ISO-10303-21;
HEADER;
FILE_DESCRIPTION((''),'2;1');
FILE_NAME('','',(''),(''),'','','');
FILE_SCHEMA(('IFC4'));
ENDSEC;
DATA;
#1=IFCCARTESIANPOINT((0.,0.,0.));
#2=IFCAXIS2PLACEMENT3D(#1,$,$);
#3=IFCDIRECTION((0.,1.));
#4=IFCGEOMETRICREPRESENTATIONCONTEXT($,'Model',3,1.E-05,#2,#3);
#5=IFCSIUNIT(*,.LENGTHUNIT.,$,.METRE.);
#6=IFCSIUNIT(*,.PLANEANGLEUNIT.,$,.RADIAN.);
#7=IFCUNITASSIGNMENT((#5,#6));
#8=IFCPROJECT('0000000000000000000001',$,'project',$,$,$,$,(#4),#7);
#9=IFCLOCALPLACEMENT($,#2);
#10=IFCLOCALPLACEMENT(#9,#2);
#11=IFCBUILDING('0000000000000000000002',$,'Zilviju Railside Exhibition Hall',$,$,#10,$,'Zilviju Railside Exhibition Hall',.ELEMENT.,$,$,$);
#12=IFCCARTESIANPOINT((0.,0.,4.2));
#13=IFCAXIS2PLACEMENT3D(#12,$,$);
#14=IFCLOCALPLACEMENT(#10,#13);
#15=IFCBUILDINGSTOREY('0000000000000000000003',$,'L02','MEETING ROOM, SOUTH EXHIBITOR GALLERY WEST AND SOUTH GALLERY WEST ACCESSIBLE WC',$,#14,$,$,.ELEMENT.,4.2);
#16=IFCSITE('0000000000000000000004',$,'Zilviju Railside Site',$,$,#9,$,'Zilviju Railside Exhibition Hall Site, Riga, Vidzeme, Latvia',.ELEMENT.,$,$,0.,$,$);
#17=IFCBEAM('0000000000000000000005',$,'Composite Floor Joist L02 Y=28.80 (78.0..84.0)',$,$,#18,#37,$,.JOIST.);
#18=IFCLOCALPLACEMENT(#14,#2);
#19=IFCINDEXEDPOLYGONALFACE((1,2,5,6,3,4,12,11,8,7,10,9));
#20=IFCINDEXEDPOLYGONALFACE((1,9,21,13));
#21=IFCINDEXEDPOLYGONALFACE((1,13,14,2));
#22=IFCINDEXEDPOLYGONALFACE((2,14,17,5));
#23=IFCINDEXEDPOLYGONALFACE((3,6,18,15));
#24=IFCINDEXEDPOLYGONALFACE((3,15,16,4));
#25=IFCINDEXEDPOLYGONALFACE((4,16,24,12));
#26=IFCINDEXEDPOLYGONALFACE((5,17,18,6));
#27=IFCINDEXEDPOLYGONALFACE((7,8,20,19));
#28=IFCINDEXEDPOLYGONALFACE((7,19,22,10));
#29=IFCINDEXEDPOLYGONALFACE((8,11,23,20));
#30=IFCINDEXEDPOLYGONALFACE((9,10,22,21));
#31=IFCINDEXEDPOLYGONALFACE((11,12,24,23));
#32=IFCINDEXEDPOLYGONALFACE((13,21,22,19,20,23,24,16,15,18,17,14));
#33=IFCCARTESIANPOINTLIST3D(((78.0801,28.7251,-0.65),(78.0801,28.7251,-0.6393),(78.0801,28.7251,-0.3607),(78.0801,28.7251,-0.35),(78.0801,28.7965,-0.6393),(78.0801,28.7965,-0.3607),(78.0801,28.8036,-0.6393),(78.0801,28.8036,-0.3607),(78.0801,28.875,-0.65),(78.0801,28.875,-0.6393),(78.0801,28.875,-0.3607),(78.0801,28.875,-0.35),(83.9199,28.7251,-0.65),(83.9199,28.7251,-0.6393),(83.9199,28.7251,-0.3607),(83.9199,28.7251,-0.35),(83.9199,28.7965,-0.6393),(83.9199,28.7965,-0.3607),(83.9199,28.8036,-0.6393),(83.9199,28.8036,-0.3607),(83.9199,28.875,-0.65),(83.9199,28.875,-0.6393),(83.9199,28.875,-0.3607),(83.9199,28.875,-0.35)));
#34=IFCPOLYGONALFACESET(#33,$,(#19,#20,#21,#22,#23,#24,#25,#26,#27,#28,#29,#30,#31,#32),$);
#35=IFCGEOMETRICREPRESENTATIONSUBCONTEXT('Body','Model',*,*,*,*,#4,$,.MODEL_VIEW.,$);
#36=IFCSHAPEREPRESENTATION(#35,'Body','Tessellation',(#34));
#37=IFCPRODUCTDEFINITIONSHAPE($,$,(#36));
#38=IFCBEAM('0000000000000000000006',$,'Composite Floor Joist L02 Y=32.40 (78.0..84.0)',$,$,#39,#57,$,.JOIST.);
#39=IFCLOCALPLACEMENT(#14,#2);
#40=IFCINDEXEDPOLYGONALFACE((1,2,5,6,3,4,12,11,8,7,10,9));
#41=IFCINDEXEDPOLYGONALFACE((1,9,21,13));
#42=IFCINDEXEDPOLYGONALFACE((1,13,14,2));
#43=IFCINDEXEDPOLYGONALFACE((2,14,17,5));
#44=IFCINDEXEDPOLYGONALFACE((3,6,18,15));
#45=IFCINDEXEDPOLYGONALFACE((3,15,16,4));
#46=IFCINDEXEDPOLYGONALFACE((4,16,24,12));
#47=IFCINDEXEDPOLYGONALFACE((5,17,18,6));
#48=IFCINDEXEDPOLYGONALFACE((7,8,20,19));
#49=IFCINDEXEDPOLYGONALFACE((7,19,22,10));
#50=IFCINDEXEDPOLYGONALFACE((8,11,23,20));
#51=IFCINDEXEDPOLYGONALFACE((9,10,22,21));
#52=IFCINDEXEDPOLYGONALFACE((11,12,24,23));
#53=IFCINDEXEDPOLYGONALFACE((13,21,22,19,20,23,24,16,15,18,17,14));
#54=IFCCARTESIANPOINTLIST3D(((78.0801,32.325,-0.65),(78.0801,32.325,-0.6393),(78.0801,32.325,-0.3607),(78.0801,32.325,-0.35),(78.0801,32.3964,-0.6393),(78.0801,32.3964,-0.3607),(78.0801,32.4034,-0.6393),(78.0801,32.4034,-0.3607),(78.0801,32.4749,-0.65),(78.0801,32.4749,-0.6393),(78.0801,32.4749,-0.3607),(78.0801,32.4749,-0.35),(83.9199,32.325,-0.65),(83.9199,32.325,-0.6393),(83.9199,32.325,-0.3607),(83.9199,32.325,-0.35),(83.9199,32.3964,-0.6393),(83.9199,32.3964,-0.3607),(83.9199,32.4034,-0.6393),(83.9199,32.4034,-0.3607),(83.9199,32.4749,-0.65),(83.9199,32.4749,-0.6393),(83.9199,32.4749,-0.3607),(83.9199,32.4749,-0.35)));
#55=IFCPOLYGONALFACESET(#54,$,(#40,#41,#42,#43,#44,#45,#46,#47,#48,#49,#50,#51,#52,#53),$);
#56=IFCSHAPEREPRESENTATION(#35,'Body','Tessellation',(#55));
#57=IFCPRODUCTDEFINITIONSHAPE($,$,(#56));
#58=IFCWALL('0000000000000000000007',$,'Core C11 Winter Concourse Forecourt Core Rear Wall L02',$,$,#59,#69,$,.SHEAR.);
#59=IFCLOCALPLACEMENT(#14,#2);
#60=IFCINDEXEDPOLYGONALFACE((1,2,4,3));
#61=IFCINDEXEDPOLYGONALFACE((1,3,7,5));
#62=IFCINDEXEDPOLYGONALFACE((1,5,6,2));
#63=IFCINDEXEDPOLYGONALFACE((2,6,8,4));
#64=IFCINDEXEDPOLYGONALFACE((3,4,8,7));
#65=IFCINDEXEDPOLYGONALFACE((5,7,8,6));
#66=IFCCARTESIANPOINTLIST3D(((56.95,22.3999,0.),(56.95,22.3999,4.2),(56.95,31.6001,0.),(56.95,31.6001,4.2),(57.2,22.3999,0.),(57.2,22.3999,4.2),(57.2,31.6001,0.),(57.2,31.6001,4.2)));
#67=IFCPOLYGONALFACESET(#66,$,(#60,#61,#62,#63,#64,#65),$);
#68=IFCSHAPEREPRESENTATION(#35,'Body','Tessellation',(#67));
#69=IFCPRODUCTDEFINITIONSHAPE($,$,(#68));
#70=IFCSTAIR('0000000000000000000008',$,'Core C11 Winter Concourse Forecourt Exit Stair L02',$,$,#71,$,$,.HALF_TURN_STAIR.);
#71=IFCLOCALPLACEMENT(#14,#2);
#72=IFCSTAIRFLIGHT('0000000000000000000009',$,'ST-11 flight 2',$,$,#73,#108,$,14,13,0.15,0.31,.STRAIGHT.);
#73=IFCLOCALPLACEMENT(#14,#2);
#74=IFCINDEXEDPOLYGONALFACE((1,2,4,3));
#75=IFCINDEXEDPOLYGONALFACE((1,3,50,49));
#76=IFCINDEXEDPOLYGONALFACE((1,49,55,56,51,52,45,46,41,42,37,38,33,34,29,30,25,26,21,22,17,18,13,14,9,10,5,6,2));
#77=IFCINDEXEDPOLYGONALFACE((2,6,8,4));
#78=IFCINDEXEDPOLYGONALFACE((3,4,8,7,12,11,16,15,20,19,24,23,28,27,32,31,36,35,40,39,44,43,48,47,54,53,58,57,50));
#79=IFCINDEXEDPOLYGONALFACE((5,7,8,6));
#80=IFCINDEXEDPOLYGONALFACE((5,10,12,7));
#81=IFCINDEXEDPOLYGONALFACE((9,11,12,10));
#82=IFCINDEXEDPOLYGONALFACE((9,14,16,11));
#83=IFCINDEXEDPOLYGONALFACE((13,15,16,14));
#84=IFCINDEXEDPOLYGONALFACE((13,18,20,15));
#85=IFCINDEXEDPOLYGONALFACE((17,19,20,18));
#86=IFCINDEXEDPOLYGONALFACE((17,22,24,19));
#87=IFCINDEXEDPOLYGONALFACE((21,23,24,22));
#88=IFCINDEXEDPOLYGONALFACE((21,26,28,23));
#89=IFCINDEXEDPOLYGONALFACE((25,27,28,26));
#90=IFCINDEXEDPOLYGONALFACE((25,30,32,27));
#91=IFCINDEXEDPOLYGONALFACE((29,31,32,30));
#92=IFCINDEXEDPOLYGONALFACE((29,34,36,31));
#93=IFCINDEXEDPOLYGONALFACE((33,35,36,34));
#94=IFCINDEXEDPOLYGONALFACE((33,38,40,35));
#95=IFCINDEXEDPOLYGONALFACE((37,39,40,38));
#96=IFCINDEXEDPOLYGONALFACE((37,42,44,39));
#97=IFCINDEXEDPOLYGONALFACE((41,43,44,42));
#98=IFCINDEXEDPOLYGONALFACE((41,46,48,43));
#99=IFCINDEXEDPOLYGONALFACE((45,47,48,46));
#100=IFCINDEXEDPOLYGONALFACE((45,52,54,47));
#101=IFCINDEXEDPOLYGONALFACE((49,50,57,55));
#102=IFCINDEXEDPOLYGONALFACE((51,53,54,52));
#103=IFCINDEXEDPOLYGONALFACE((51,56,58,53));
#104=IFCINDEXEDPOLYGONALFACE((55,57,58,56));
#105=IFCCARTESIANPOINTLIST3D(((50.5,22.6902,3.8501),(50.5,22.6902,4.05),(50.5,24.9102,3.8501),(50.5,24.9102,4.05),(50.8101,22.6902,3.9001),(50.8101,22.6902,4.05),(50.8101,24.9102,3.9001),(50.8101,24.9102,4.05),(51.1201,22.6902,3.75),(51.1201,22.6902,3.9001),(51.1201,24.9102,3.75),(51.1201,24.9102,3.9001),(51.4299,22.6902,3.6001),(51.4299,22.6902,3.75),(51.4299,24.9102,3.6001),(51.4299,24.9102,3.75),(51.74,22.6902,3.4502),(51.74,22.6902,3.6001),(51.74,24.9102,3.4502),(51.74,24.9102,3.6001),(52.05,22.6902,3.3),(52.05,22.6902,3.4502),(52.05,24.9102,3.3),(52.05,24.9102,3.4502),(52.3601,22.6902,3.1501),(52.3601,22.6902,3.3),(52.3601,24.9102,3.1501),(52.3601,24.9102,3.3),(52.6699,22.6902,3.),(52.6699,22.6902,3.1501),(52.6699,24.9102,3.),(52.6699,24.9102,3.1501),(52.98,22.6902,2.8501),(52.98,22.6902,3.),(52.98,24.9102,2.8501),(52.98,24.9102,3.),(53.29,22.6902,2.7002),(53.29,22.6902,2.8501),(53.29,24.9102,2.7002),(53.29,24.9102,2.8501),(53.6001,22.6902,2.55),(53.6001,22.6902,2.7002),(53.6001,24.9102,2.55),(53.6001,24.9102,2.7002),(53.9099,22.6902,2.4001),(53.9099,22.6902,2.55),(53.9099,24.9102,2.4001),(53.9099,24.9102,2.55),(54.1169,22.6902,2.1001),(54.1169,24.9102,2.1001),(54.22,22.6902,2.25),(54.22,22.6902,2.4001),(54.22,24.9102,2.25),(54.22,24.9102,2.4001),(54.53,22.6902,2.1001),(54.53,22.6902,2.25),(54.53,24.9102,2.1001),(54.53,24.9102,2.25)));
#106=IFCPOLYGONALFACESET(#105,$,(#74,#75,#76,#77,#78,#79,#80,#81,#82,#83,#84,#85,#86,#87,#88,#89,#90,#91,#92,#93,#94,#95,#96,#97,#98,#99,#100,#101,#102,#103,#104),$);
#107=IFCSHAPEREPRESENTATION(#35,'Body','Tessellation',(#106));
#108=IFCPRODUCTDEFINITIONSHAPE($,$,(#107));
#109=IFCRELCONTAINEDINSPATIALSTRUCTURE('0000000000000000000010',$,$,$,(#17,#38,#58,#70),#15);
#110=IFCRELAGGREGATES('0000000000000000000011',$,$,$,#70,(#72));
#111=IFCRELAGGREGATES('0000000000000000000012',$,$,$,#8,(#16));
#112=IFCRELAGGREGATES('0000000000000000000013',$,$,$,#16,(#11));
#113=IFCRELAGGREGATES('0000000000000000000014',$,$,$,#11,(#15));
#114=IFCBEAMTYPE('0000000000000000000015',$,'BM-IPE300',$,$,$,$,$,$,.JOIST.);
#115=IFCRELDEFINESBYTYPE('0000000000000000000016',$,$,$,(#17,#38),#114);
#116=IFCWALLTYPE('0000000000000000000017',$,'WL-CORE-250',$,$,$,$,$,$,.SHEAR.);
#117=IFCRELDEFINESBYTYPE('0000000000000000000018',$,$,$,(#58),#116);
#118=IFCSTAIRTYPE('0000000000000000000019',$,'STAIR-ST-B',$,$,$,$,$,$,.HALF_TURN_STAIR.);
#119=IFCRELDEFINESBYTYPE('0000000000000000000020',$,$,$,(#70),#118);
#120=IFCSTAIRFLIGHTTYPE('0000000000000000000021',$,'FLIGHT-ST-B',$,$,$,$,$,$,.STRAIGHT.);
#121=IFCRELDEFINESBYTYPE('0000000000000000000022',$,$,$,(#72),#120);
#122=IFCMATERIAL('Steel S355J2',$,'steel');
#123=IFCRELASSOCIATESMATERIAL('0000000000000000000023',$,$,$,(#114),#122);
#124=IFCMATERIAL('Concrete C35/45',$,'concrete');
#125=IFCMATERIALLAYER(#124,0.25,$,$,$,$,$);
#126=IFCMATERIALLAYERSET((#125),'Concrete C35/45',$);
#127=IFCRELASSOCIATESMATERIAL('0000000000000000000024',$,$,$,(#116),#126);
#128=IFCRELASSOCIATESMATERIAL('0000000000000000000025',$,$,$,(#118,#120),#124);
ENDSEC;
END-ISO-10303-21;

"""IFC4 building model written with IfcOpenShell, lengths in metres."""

from ifc_helpers import new_model, si_unit, direction, frame, frame_2d, origin, origin_2d, place, context, subcontext, project, spatial, polyline, rectangle, i_section, outline, extrude, material, layer, layer_set, material_profile, profile_set, type_object, element, aggregate, save


model = new_model("IFC4")

# Units and contexts
model_context = context("Model", 3, precision=1e-05, world=origin(), true_north=direction((0.0, 1.0)))
body_context = subcontext(model_context, "Body", "Model", "MODEL_VIEW")
ifc_project = project(units=[si_unit("LENGTHUNIT", "METRE"), si_unit("PLANEANGLEUNIT", "RADIAN")], contexts=[model_context])

# Site, building, storey
site_placement = place(None, origin())
site = spatial("IfcSite", under=ifc_project, at=site_placement, Name="Zilviju Railside Site", LongName="Zilviju Railside Exhibition Hall Site, Riga, Vidzeme, Latvia", CompositionType="ELEMENT", RefElevation=0.0)
building_placement = place(site_placement, origin())
building = spatial("IfcBuilding", under=site, at=building_placement, Name="Zilviju Railside Exhibition Hall", LongName="Zilviju Railside Exhibition Hall", CompositionType="ELEMENT")
storey_placement = place(building_placement, frame((0.0, 0.0, 4.2)))
storey = spatial("IfcBuildingStorey", under=building, at=storey_placement, Name="L02", Description="MEETING ROOM, SOUTH EXHIBITOR GALLERY WEST AND SOUTH GALLERY WEST ACCESSIBLE WC", CompositionType="ELEMENT", Elevation=4.2)

# Shared definitions
ifc_material_1 = material(Name="Steel S355J2", Category="steel")

# Beams
ifc_material_profile_1 = material_profile(ifc_material_1, i_section(OverallWidth=0.1499, OverallDepth=0.3, WebThickness=0.0071, FlangeThickness=0.0107, at=origin_2d()), Name="IPE 300")
ifc_profile_set_1 = profile_set([ifc_material_profile_1], Name="Steel S355J2")
beam_type_1 = type_object("IfcBeamType", Name="BM-IPE300", PredefinedType="JOIST", material=ifc_profile_set_1)
for number, where, z_axis, x_axis, name in (
    (1, (78.0801, 28.8, -0.5), (1.0, 0.0, 0.0), (0.0, 1.0, 0.0), "Composite Floor Joist L02 Y=28.80 (78.0..84.0)"),
    (2, (78.0801, 32.3999, -0.5), (1.0, 0.0, 0.0), (0.0, 1.0, 0.0), "Composite Floor Joist L02 Y=32.40 (78.0..84.0)"),
):
    element("IfcBeam", number, at=place(storey_placement, frame(where, z_axis=z_axis, x_axis=x_axis)), inside=storey, type_object=beam_type_1, Name=name, PredefinedType="JOIST", context=body_context, shape_type="SweptSolid", body=[
        extrude(i_section(OverallWidth=0.1499, OverallDepth=0.3, WebThickness=0.0071, FlangeThickness=0.0107, at=origin_2d()), origin(), (0.0, 0.0, 1.0), 5.8398),
    ])

# Wall
ifc_material_2 = material(Name="Concrete C35/45", Category="concrete")
ifc_layer_1 = layer(ifc_material_2, 0.25)
ifc_layer_set_1 = layer_set([ifc_layer_1], Name="Concrete C35/45")
wall_type_1 = type_object("IfcWallType", Name="WL-CORE-250", PredefinedType="SHEAR", material=ifc_layer_set_1)
wall_1_placement = place(storey_placement, frame((57.075, 22.3999, 0.0), z_axis=(0.0, 0.0, 1.0), x_axis=(0.0, 1.0, 0.0)))
element("IfcWall", 3, at=wall_1_placement, inside=storey, type_object=wall_type_1, Name="Core C11 Winter Concourse Forecourt Core Rear Wall L02", PredefinedType="SHEAR", context=body_context, shape_type="SweptSolid", body=[
    extrude(rectangle(XDim=9.2002, YDim=0.25, at=frame_2d((4.6001, 0.0))), origin(), (0.0, 0.0, 1.0), 4.2),
])

# Stair, stair flight
stair_type = type_object("IfcStairType", Name="STAIR-ST-B", PredefinedType="HALF_TURN_STAIR", material=ifc_material_2)
stair_placement = place(storey_placement, origin())
stair = element("IfcStair", 4, at=stair_placement, inside=storey, type_object=stair_type, Name="Core C11 Winter Concourse Forecourt Exit Stair L02", PredefinedType="HALF_TURN_STAIR")
stair_flight_type = type_object("IfcStairFlightType", Name="FLIGHT-ST-B", PredefinedType="STRAIGHT", material=ifc_material_2)
stair_flight_placement = place(storey_placement, frame((54.53, 23.8, 2.1001), z_axis=(0.0, 0.0, 1.0), x_axis=(-1.0, 0.0, 0.0)))
stair_flight = element("IfcStairFlight", 5, at=stair_flight_placement, type_object=stair_flight_type, Name="ST-11 flight 2", NumberOfRisers=14, NumberOfTreads=13, PredefinedType="STRAIGHT", RiserHeight=0.15, TreadLength=0.31, context=body_context, shape_type="SweptSolid", body=[
    extrude(outline(polyline([(0.0, 0.0), (0.0, 0.1499), (0.3101, 0.1499), (0.3101, 0.3), (0.6201, 0.3), (0.6201, 0.45), (0.9299, 0.45), (0.9299, 0.6001), (1.24, 0.6001), (1.24, 0.75), (1.55, 0.75), (1.55, 0.8999), (1.8601, 0.8999), (1.8601, 1.05), (2.1699, 1.05), (2.1699, 1.2), (2.48, 1.2), (2.48, 1.3501), (2.79, 1.3501), (2.79, 1.5), (3.1001, 1.5), (3.1001, 1.6499), (3.4099, 1.6499), (3.4099, 1.8), (3.72, 1.8), (3.72, 1.95), (4.03, 1.95), (4.03, 2.1001), (4.03, 1.75), (0.4131, 0.0), (0.0, 0.0)])), frame((0.0, 1.1099, 0.0), z_axis=(0.0, -1.0, 0.0), x_axis=(1.0, 0.0, 0.0)), (0.0, 0.0, 1.0), 2.22),
])
aggregate(stair, [stair_flight])

save(model, "model.ifc")
